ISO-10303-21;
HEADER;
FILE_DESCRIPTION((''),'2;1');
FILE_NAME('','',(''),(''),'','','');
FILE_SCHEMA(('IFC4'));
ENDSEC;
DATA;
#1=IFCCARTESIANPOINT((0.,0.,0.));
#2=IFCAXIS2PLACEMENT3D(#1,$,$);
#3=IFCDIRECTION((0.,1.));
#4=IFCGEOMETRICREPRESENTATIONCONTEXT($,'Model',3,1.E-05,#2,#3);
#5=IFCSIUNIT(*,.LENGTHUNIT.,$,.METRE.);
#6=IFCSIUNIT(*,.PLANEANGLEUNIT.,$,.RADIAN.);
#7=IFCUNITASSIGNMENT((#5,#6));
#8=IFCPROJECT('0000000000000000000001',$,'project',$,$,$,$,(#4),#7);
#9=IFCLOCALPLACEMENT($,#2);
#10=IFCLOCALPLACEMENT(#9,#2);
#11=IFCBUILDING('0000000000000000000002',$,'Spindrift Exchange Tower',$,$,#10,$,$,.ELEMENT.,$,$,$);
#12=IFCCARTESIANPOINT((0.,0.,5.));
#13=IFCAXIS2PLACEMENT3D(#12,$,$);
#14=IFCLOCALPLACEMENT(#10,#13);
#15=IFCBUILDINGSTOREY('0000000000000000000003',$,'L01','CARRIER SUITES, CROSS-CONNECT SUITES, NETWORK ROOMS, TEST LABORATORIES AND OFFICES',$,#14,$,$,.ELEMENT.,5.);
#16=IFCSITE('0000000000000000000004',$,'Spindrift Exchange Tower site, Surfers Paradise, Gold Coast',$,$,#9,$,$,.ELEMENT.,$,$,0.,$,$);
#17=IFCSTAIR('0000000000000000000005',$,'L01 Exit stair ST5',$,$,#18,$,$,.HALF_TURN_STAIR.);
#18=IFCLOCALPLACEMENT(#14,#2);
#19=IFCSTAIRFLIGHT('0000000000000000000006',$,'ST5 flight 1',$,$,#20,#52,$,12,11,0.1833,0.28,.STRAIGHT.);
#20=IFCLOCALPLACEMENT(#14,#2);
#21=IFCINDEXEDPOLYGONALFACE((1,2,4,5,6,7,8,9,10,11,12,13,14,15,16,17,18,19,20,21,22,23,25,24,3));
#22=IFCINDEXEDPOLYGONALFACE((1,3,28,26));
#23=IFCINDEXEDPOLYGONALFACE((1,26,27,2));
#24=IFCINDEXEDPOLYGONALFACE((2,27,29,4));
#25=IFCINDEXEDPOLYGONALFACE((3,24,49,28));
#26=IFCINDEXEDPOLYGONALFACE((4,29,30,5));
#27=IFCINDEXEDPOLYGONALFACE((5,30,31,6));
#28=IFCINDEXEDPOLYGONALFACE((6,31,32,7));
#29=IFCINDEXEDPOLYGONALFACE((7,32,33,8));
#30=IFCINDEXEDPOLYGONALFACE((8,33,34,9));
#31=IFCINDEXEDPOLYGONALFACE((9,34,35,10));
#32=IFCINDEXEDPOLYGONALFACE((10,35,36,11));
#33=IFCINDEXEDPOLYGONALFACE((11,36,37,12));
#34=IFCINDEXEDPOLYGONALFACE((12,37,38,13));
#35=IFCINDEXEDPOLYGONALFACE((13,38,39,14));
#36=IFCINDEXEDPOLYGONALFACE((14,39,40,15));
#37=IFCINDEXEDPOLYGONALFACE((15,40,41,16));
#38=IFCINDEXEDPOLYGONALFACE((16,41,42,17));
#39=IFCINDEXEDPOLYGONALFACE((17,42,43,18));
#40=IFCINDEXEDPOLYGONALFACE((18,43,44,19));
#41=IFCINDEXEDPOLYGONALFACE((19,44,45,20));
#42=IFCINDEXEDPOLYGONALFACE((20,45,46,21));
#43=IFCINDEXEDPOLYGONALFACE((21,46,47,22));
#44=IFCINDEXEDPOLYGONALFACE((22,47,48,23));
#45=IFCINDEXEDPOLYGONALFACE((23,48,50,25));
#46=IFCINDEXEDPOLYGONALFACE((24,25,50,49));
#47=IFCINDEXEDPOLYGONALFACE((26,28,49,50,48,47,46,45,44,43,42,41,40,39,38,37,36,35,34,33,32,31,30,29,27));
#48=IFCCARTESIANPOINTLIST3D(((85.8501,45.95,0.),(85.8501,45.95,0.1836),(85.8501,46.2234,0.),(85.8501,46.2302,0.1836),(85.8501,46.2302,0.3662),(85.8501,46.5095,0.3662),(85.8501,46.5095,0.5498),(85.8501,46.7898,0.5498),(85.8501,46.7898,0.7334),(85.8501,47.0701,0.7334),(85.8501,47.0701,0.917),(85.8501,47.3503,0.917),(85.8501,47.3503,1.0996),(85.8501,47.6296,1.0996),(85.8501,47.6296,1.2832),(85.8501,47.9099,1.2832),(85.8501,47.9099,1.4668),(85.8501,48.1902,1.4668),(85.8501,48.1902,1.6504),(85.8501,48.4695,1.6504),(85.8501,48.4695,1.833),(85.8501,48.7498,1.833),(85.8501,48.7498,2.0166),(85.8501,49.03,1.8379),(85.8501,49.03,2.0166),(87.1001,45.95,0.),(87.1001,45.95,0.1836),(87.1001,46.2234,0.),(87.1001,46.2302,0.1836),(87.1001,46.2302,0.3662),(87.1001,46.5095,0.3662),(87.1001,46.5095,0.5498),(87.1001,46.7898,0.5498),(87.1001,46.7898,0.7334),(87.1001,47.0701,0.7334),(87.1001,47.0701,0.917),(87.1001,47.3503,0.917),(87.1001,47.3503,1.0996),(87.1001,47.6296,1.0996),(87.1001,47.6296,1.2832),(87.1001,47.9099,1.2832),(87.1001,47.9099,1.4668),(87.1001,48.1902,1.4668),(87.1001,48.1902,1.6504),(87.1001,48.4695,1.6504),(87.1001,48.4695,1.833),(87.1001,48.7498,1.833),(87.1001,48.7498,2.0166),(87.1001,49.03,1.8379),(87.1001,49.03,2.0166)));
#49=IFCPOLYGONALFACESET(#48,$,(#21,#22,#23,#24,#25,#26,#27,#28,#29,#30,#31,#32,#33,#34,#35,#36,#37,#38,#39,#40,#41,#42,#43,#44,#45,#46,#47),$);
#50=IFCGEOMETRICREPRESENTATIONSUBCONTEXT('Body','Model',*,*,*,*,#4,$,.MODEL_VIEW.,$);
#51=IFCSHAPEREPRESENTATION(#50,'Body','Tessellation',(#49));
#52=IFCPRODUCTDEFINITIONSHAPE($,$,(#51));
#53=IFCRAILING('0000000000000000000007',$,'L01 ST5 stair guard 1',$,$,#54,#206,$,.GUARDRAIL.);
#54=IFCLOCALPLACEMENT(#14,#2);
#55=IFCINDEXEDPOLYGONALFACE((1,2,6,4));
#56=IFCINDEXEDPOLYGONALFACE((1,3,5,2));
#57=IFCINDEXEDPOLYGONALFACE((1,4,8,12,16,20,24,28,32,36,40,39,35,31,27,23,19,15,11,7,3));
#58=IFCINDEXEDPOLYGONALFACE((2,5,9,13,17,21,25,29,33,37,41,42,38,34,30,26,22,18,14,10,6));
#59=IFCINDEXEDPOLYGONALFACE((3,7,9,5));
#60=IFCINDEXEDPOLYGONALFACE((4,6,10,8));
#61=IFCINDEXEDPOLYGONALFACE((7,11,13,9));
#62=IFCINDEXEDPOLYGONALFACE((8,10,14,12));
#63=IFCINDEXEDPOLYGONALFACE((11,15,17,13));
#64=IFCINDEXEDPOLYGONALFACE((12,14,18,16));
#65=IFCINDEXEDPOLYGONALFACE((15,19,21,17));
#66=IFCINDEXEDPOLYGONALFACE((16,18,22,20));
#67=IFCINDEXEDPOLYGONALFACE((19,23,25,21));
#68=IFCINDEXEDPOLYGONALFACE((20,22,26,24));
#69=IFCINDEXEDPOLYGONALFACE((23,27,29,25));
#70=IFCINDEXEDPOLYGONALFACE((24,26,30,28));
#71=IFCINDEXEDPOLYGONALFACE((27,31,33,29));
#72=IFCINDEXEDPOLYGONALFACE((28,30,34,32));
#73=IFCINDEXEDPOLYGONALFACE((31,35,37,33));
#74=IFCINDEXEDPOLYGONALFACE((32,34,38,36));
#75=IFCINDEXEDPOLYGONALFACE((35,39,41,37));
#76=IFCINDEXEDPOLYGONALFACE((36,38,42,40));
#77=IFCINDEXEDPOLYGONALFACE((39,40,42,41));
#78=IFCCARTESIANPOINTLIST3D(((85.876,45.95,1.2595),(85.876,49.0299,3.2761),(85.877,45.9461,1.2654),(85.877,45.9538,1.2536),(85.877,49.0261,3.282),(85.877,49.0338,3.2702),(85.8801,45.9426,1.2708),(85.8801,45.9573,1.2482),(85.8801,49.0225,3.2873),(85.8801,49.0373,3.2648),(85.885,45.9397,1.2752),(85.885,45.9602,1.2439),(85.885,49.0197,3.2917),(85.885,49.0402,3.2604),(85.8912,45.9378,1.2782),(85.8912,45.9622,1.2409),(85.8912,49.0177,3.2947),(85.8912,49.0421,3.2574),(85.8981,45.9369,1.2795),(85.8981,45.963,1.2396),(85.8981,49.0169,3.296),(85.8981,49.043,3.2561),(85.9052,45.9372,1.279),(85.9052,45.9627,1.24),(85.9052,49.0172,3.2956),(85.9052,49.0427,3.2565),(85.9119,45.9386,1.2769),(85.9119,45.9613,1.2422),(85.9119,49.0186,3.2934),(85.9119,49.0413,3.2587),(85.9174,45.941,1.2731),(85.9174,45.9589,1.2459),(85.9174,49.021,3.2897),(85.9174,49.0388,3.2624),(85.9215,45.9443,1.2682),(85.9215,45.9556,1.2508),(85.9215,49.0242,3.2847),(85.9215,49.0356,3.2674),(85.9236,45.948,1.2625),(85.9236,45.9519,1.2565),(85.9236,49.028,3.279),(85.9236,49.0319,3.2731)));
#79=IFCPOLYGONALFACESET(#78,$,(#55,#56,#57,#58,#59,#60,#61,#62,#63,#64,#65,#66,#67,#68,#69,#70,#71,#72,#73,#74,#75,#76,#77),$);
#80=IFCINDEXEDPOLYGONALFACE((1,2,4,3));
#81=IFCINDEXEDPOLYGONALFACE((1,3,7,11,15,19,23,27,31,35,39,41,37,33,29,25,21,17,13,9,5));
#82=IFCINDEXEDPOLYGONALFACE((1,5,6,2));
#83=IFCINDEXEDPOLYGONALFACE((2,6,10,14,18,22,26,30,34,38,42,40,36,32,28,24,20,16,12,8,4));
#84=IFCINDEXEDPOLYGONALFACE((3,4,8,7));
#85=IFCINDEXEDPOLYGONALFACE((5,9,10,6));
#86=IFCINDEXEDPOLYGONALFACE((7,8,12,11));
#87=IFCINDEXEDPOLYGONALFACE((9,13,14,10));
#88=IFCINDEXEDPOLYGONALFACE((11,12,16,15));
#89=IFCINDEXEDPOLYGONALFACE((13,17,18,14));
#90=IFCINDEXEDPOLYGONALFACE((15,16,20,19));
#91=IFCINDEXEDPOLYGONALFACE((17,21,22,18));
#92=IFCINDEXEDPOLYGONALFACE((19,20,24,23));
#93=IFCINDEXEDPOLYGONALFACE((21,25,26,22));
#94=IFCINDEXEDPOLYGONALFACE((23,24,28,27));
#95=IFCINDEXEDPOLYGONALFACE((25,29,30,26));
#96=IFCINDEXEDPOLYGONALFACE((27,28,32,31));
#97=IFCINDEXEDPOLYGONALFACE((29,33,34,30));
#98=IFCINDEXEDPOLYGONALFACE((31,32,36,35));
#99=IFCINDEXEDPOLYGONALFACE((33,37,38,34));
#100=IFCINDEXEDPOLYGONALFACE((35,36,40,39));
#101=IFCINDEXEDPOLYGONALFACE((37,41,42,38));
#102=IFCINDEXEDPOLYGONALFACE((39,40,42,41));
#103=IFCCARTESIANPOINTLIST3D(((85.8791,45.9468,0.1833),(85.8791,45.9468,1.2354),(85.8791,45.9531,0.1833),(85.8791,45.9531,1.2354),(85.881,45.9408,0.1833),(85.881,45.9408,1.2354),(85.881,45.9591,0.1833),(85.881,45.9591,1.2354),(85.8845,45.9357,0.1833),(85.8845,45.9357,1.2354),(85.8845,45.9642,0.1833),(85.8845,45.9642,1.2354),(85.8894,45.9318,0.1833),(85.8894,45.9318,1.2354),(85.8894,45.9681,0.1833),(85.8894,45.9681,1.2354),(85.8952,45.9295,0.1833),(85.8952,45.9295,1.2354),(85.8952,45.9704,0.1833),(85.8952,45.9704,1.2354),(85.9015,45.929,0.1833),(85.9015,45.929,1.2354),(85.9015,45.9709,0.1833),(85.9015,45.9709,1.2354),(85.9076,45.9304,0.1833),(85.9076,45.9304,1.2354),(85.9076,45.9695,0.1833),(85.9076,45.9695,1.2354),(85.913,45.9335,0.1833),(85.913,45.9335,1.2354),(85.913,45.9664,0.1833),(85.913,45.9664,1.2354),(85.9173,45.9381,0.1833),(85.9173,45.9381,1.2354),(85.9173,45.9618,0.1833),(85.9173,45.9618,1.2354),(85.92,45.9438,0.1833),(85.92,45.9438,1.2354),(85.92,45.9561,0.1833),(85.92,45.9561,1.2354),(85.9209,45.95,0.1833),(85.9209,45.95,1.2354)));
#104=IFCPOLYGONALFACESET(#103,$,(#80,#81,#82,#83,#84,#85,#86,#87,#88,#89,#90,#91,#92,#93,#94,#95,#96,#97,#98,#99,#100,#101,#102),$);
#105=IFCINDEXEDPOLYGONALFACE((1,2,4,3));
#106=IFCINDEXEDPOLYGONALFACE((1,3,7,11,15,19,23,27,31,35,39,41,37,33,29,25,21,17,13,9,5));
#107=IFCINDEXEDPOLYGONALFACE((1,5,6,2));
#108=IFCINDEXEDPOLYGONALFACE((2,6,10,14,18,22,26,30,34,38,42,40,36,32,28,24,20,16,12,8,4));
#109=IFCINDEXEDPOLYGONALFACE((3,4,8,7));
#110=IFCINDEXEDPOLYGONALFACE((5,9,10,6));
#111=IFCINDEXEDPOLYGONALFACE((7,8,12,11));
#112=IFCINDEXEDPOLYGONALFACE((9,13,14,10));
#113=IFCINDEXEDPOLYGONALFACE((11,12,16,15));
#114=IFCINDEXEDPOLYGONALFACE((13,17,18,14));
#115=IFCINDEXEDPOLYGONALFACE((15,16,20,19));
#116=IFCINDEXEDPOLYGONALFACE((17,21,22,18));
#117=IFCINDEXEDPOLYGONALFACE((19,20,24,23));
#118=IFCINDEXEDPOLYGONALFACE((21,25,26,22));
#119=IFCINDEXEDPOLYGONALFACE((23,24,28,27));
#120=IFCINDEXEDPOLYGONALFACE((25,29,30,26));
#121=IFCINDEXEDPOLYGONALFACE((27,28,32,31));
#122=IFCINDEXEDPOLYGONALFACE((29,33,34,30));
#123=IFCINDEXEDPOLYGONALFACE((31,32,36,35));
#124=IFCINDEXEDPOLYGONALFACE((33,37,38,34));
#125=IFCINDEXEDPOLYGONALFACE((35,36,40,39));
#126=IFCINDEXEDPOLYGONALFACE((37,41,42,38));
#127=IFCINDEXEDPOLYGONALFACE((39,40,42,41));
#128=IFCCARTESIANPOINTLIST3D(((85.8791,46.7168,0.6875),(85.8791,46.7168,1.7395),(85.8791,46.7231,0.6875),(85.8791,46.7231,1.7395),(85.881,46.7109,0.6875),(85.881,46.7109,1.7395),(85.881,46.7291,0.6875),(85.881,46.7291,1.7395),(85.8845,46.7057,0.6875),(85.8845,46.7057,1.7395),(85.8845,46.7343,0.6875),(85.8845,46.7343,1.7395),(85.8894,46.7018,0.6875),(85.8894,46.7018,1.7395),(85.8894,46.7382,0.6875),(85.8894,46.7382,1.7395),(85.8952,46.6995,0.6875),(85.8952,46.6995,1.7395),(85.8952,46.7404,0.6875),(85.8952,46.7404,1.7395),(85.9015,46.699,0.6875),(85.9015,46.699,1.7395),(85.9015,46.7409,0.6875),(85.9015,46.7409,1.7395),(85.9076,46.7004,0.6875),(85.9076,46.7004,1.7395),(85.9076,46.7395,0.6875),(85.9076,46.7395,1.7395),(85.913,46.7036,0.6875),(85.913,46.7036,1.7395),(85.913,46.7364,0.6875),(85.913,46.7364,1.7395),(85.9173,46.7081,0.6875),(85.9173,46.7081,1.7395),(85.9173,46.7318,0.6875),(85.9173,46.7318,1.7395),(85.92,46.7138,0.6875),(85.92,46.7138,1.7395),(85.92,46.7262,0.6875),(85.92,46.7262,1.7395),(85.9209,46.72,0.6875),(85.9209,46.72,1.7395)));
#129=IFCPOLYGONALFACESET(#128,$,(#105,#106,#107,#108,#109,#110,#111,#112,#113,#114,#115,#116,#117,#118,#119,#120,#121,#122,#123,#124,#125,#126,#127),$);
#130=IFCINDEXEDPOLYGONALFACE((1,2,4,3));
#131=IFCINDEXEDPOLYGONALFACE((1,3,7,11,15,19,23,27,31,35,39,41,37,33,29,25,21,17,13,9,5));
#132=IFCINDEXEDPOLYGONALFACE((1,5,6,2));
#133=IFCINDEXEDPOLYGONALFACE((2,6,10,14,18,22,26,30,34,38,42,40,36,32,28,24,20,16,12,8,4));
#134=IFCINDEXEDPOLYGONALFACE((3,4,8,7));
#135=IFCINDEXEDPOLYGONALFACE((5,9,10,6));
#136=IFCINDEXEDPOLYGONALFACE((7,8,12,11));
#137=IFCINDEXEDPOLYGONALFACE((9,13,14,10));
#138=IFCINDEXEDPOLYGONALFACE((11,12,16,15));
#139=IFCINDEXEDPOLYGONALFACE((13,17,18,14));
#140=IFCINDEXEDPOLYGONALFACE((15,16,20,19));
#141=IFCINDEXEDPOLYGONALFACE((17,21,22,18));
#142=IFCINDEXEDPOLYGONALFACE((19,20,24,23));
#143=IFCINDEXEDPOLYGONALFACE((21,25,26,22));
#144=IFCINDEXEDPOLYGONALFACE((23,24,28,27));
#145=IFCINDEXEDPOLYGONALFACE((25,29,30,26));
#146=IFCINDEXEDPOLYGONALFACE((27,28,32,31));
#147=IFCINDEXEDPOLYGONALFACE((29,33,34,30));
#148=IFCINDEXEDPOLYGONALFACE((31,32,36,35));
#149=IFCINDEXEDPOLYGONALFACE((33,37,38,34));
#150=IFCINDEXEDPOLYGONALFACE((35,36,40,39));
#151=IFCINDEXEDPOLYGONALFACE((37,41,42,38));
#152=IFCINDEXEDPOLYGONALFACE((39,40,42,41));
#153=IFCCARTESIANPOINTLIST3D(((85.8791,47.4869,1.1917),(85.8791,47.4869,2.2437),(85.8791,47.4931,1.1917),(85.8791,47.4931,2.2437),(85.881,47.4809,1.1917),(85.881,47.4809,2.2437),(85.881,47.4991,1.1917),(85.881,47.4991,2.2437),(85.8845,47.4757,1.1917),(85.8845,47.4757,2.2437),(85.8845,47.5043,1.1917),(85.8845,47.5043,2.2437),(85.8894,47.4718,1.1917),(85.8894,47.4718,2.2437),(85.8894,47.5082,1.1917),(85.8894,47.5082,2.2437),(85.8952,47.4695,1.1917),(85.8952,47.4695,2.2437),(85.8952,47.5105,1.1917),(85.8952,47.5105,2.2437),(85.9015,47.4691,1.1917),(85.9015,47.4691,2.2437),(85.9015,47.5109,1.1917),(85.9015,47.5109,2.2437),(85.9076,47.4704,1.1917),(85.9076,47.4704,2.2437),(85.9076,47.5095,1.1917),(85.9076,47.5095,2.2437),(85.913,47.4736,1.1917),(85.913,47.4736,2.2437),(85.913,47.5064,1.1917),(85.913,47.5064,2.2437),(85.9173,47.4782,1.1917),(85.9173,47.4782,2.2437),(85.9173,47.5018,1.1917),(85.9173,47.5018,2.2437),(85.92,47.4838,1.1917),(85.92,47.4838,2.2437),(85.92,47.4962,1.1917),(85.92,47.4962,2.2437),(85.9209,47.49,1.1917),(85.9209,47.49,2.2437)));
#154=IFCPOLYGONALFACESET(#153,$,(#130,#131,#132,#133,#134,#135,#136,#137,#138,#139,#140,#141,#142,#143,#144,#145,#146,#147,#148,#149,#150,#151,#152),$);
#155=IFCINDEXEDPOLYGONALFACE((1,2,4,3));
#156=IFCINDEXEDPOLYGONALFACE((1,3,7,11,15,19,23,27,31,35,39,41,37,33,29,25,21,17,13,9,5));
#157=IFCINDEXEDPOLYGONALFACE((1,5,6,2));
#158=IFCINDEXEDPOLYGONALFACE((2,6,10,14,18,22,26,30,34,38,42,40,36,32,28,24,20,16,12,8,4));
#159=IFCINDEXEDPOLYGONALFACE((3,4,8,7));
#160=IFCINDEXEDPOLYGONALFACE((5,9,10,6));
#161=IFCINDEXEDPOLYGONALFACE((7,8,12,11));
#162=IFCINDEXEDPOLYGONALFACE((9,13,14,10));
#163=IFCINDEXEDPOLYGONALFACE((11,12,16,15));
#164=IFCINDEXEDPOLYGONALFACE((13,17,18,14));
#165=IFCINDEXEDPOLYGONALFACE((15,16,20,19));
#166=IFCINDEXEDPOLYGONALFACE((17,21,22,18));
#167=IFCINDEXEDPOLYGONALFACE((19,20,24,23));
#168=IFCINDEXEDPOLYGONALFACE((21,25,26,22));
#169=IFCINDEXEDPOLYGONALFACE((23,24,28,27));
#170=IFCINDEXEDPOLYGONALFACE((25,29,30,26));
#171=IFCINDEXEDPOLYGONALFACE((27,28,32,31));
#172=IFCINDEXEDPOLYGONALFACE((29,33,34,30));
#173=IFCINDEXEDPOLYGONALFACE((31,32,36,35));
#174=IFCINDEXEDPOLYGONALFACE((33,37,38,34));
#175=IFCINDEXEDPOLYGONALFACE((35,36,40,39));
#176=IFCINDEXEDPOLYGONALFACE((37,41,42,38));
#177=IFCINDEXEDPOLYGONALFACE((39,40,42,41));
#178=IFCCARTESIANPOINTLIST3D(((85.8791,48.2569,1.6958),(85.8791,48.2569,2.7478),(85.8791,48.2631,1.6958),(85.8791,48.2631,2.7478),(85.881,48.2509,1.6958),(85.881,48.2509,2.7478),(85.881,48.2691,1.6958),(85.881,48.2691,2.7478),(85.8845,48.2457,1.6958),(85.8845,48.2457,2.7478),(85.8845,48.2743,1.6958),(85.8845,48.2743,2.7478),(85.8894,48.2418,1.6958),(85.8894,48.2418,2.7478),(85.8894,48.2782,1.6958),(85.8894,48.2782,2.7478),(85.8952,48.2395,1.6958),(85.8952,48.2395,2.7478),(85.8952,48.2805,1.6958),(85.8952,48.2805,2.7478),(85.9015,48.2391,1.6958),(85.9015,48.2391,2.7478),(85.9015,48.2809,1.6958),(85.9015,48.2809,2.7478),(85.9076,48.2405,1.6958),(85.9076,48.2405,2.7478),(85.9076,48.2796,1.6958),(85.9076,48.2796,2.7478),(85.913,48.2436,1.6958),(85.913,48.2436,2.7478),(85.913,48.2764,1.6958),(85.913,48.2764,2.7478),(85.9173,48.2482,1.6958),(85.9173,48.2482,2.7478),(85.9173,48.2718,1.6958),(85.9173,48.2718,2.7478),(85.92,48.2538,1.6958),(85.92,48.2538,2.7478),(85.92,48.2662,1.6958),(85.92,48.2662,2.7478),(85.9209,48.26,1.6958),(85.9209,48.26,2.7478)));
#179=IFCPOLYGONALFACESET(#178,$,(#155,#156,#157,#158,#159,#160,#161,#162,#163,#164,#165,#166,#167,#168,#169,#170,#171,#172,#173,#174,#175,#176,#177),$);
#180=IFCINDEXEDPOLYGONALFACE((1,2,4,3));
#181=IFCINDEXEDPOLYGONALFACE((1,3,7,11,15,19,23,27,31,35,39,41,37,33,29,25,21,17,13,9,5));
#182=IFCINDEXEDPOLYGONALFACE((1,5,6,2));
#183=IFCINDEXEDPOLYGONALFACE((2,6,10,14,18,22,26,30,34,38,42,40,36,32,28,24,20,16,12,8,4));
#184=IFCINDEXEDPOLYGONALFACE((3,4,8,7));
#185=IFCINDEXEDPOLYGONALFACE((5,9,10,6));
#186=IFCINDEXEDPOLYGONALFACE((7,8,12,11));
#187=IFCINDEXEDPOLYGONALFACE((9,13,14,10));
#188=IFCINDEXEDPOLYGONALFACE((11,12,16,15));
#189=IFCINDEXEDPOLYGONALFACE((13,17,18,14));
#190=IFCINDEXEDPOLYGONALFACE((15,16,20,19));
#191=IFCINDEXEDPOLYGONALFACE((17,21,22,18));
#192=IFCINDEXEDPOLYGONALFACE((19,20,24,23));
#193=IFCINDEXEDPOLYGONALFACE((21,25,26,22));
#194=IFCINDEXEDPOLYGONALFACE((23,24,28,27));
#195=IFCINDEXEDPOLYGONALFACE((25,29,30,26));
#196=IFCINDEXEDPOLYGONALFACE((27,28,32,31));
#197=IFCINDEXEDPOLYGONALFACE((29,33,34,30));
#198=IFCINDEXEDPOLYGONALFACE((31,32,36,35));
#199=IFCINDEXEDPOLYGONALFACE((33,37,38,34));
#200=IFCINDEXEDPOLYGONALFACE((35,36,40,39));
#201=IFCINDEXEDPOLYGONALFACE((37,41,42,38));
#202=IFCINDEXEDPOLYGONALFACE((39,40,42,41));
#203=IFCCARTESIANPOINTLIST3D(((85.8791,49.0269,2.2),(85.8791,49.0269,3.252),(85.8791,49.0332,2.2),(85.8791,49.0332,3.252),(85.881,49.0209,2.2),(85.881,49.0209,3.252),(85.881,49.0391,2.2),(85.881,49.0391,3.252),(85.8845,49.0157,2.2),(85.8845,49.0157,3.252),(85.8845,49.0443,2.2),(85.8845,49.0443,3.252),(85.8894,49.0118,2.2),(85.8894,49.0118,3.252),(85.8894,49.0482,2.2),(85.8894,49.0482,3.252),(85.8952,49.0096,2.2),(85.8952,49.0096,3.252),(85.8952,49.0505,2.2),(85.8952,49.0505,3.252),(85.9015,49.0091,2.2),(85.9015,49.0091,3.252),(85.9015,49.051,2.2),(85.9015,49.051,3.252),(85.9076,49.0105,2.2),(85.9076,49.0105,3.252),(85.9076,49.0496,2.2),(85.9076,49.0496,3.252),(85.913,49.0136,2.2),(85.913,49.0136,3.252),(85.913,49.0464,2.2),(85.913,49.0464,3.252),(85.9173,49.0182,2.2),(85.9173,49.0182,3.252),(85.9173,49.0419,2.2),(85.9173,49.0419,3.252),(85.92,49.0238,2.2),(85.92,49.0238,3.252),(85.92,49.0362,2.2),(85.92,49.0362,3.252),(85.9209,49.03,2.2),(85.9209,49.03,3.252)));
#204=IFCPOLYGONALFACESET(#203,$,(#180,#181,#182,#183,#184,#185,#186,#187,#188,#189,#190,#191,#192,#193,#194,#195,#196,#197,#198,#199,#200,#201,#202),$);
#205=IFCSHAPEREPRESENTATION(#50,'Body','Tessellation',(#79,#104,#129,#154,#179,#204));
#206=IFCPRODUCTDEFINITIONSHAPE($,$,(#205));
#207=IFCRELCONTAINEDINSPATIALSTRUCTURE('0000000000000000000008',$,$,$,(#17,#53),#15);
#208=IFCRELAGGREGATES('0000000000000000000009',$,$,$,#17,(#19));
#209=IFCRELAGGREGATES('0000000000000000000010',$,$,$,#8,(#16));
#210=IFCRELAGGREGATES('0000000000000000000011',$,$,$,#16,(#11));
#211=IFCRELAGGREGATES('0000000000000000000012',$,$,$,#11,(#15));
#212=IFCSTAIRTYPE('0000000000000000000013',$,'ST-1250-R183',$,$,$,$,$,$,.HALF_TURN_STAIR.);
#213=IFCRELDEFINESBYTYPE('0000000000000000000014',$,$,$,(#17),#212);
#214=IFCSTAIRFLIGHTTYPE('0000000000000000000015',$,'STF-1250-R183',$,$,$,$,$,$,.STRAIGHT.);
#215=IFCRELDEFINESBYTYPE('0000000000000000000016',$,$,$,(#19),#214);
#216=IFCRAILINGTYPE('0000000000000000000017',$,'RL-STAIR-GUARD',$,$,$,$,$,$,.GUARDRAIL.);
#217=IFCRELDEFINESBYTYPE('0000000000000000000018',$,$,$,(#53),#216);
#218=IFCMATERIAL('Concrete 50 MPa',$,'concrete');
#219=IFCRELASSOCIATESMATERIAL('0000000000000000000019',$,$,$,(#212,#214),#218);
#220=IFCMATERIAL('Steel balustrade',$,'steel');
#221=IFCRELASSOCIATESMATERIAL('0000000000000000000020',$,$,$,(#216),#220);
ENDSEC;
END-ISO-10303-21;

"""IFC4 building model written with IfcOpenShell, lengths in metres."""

from ifc_helpers import new_model, si_unit, direction, frame, origin, origin_2d, place, context, subcontext, project, spatial, line, indexed_curve, circle, outline, extrude, material, type_object, element, aggregate, save


model = new_model("IFC4")

# Units and contexts
model_context = context("Model", 3, precision=1e-05, world=origin(), true_north=direction((0.0, 1.0)))
body_context = subcontext(model_context, "Body", "Model", "MODEL_VIEW")
ifc_project = project(units=[si_unit("LENGTHUNIT", "METRE"), si_unit("PLANEANGLEUNIT", "RADIAN")], contexts=[model_context])

# Site, building, storey
site_placement = place(None, origin())
site = spatial("IfcSite", under=ifc_project, at=site_placement, Name="Spindrift Exchange Tower site, Surfers Paradise, Gold Coast", CompositionType="ELEMENT", RefElevation=0.0)
building_placement = place(site_placement, origin())
building = spatial("IfcBuilding", under=site, at=building_placement, Name="Spindrift Exchange Tower", CompositionType="ELEMENT")
storey_placement = place(building_placement, frame((0.0, 0.0, 5.0)))
storey = spatial("IfcBuildingStorey", under=building, at=storey_placement, Name="L01", Description="CARRIER SUITES, CROSS-CONNECT SUITES, NETWORK ROOMS, TEST LABORATORIES AND OFFICES", CompositionType="ELEMENT", Elevation=5.0)

# Shared definitions
ifc_material_1 = material(Name="Concrete 50 MPa", Category="concrete")

# Stair, stair flight
stair_type = type_object("IfcStairType", Name="ST-1250-R183", PredefinedType="HALF_TURN_STAIR", material=ifc_material_1)
stair_placement = place(storey_placement, origin())
stair = element("IfcStair", 1, at=stair_placement, inside=storey, type_object=stair_type, Name="L01 Exit stair ST5", PredefinedType="HALF_TURN_STAIR")
stair_flight_type = type_object("IfcStairFlightType", Name="STF-1250-R183", PredefinedType="STRAIGHT", material=ifc_material_1)
stair_flight_placement = place(storey_placement, frame((86.4751, 45.95, 0.0), z_axis=(0.0, 0.0, 1.0), x_axis=(0.0, 1.0, 0.0)))
stair_flight = element("IfcStairFlight", 2, at=stair_flight_placement, type_object=stair_flight_type, Name="ST5 flight 1", NumberOfRisers=12, NumberOfTreads=11, PredefinedType="STRAIGHT", RiserHeight=0.1833, TreadLength=0.28, context=body_context, shape_type="SweptSolid", body=[
    extrude(outline(indexed_curve([(0.0, 0.0), (0.0, 0.1836), (0.2803, 0.1836), (0.2803, 0.3662), (0.5596, 0.3662), (0.5596, 0.5498), (0.8398, 0.5498), (0.8398, 0.7334), (1.1201, 0.7334), (1.1201, 0.917), (1.4004, 0.917), (1.4004, 1.0996), (1.6797, 1.0996), (1.6797, 1.2832), (1.96, 1.2832), (1.96, 1.4668), (2.2402, 1.4668), (2.2402, 1.6504), (2.5195, 1.6504), (2.5195, 1.833), (2.7998, 1.833), (2.7998, 2.0166), (3.0801, 2.0166), (3.0801, 2.2002), (3.0801, 1.8379), (0.2734, 0.0)], segments=[line(1, 2, 3, 4, 5, 6, 7, 8, 9, 10, 11, 12, 13, 14, 15, 16, 17, 18, 19, 20, 21, 22, 23, 24, 25, 26, 1)], self_intersect=False)), frame((0.0, 0.625, 0.0), z_axis=(0.0, -1.0, 0.0), x_axis=(1.0, 0.0, 0.0)), (0.0, 0.0, 1.0), 1.25),
])
aggregate(stair, [stair_flight])

# Railing
ifc_material_2 = material(Name="Steel balustrade", Category="steel")
railing_type_1 = type_object("IfcRailingType", Name="RL-STAIR-GUARD", PredefinedType="GUARDRAIL", material=ifc_material_2)
railing_1_placement = place(storey_placement, frame((85.8999, 45.95, 0.1833)))
element("IfcRailing", 3, at=railing_1_placement, inside=storey, type_object=railing_type_1, Name="L01 ST5 stair guard 1", PredefinedType="GUARDRAIL", context=body_context, shape_type="SweptSolid", body=[
    extrude(circle(Radius=0.0239, at=origin_2d()), frame((0.0, 0.0, 1.0762), z_axis=(0.0, 0.836633, 0.547764), x_axis=(-1.0, 0.0, 0.0)), (0.0, 0.0, 1.0), 3.6814),
    extrude(circle(Radius=0.021, at=origin_2d()), origin(), (0.0, 0.0, 1.0), 1.052),
    extrude(circle(Radius=0.021, at=origin_2d()), frame((0.0, 0.77, 0.5042)), (0.0, 0.0, 1.0), 1.052),
    extrude(circle(Radius=0.021, at=origin_2d()), frame((0.0, 1.54, 1.0083)), (0.0, 0.0, 1.0), 1.052),
    extrude(circle(Radius=0.021, at=origin_2d()), frame((0.0, 2.3101, 1.5125)), (0.0, 0.0, 1.0), 1.052),
    extrude(circle(Radius=0.021, at=origin_2d()), frame((0.0, 3.0801, 2.0166)), (0.0, 0.0, 1.0), 1.052),
])

save(model, "model.ifc")
